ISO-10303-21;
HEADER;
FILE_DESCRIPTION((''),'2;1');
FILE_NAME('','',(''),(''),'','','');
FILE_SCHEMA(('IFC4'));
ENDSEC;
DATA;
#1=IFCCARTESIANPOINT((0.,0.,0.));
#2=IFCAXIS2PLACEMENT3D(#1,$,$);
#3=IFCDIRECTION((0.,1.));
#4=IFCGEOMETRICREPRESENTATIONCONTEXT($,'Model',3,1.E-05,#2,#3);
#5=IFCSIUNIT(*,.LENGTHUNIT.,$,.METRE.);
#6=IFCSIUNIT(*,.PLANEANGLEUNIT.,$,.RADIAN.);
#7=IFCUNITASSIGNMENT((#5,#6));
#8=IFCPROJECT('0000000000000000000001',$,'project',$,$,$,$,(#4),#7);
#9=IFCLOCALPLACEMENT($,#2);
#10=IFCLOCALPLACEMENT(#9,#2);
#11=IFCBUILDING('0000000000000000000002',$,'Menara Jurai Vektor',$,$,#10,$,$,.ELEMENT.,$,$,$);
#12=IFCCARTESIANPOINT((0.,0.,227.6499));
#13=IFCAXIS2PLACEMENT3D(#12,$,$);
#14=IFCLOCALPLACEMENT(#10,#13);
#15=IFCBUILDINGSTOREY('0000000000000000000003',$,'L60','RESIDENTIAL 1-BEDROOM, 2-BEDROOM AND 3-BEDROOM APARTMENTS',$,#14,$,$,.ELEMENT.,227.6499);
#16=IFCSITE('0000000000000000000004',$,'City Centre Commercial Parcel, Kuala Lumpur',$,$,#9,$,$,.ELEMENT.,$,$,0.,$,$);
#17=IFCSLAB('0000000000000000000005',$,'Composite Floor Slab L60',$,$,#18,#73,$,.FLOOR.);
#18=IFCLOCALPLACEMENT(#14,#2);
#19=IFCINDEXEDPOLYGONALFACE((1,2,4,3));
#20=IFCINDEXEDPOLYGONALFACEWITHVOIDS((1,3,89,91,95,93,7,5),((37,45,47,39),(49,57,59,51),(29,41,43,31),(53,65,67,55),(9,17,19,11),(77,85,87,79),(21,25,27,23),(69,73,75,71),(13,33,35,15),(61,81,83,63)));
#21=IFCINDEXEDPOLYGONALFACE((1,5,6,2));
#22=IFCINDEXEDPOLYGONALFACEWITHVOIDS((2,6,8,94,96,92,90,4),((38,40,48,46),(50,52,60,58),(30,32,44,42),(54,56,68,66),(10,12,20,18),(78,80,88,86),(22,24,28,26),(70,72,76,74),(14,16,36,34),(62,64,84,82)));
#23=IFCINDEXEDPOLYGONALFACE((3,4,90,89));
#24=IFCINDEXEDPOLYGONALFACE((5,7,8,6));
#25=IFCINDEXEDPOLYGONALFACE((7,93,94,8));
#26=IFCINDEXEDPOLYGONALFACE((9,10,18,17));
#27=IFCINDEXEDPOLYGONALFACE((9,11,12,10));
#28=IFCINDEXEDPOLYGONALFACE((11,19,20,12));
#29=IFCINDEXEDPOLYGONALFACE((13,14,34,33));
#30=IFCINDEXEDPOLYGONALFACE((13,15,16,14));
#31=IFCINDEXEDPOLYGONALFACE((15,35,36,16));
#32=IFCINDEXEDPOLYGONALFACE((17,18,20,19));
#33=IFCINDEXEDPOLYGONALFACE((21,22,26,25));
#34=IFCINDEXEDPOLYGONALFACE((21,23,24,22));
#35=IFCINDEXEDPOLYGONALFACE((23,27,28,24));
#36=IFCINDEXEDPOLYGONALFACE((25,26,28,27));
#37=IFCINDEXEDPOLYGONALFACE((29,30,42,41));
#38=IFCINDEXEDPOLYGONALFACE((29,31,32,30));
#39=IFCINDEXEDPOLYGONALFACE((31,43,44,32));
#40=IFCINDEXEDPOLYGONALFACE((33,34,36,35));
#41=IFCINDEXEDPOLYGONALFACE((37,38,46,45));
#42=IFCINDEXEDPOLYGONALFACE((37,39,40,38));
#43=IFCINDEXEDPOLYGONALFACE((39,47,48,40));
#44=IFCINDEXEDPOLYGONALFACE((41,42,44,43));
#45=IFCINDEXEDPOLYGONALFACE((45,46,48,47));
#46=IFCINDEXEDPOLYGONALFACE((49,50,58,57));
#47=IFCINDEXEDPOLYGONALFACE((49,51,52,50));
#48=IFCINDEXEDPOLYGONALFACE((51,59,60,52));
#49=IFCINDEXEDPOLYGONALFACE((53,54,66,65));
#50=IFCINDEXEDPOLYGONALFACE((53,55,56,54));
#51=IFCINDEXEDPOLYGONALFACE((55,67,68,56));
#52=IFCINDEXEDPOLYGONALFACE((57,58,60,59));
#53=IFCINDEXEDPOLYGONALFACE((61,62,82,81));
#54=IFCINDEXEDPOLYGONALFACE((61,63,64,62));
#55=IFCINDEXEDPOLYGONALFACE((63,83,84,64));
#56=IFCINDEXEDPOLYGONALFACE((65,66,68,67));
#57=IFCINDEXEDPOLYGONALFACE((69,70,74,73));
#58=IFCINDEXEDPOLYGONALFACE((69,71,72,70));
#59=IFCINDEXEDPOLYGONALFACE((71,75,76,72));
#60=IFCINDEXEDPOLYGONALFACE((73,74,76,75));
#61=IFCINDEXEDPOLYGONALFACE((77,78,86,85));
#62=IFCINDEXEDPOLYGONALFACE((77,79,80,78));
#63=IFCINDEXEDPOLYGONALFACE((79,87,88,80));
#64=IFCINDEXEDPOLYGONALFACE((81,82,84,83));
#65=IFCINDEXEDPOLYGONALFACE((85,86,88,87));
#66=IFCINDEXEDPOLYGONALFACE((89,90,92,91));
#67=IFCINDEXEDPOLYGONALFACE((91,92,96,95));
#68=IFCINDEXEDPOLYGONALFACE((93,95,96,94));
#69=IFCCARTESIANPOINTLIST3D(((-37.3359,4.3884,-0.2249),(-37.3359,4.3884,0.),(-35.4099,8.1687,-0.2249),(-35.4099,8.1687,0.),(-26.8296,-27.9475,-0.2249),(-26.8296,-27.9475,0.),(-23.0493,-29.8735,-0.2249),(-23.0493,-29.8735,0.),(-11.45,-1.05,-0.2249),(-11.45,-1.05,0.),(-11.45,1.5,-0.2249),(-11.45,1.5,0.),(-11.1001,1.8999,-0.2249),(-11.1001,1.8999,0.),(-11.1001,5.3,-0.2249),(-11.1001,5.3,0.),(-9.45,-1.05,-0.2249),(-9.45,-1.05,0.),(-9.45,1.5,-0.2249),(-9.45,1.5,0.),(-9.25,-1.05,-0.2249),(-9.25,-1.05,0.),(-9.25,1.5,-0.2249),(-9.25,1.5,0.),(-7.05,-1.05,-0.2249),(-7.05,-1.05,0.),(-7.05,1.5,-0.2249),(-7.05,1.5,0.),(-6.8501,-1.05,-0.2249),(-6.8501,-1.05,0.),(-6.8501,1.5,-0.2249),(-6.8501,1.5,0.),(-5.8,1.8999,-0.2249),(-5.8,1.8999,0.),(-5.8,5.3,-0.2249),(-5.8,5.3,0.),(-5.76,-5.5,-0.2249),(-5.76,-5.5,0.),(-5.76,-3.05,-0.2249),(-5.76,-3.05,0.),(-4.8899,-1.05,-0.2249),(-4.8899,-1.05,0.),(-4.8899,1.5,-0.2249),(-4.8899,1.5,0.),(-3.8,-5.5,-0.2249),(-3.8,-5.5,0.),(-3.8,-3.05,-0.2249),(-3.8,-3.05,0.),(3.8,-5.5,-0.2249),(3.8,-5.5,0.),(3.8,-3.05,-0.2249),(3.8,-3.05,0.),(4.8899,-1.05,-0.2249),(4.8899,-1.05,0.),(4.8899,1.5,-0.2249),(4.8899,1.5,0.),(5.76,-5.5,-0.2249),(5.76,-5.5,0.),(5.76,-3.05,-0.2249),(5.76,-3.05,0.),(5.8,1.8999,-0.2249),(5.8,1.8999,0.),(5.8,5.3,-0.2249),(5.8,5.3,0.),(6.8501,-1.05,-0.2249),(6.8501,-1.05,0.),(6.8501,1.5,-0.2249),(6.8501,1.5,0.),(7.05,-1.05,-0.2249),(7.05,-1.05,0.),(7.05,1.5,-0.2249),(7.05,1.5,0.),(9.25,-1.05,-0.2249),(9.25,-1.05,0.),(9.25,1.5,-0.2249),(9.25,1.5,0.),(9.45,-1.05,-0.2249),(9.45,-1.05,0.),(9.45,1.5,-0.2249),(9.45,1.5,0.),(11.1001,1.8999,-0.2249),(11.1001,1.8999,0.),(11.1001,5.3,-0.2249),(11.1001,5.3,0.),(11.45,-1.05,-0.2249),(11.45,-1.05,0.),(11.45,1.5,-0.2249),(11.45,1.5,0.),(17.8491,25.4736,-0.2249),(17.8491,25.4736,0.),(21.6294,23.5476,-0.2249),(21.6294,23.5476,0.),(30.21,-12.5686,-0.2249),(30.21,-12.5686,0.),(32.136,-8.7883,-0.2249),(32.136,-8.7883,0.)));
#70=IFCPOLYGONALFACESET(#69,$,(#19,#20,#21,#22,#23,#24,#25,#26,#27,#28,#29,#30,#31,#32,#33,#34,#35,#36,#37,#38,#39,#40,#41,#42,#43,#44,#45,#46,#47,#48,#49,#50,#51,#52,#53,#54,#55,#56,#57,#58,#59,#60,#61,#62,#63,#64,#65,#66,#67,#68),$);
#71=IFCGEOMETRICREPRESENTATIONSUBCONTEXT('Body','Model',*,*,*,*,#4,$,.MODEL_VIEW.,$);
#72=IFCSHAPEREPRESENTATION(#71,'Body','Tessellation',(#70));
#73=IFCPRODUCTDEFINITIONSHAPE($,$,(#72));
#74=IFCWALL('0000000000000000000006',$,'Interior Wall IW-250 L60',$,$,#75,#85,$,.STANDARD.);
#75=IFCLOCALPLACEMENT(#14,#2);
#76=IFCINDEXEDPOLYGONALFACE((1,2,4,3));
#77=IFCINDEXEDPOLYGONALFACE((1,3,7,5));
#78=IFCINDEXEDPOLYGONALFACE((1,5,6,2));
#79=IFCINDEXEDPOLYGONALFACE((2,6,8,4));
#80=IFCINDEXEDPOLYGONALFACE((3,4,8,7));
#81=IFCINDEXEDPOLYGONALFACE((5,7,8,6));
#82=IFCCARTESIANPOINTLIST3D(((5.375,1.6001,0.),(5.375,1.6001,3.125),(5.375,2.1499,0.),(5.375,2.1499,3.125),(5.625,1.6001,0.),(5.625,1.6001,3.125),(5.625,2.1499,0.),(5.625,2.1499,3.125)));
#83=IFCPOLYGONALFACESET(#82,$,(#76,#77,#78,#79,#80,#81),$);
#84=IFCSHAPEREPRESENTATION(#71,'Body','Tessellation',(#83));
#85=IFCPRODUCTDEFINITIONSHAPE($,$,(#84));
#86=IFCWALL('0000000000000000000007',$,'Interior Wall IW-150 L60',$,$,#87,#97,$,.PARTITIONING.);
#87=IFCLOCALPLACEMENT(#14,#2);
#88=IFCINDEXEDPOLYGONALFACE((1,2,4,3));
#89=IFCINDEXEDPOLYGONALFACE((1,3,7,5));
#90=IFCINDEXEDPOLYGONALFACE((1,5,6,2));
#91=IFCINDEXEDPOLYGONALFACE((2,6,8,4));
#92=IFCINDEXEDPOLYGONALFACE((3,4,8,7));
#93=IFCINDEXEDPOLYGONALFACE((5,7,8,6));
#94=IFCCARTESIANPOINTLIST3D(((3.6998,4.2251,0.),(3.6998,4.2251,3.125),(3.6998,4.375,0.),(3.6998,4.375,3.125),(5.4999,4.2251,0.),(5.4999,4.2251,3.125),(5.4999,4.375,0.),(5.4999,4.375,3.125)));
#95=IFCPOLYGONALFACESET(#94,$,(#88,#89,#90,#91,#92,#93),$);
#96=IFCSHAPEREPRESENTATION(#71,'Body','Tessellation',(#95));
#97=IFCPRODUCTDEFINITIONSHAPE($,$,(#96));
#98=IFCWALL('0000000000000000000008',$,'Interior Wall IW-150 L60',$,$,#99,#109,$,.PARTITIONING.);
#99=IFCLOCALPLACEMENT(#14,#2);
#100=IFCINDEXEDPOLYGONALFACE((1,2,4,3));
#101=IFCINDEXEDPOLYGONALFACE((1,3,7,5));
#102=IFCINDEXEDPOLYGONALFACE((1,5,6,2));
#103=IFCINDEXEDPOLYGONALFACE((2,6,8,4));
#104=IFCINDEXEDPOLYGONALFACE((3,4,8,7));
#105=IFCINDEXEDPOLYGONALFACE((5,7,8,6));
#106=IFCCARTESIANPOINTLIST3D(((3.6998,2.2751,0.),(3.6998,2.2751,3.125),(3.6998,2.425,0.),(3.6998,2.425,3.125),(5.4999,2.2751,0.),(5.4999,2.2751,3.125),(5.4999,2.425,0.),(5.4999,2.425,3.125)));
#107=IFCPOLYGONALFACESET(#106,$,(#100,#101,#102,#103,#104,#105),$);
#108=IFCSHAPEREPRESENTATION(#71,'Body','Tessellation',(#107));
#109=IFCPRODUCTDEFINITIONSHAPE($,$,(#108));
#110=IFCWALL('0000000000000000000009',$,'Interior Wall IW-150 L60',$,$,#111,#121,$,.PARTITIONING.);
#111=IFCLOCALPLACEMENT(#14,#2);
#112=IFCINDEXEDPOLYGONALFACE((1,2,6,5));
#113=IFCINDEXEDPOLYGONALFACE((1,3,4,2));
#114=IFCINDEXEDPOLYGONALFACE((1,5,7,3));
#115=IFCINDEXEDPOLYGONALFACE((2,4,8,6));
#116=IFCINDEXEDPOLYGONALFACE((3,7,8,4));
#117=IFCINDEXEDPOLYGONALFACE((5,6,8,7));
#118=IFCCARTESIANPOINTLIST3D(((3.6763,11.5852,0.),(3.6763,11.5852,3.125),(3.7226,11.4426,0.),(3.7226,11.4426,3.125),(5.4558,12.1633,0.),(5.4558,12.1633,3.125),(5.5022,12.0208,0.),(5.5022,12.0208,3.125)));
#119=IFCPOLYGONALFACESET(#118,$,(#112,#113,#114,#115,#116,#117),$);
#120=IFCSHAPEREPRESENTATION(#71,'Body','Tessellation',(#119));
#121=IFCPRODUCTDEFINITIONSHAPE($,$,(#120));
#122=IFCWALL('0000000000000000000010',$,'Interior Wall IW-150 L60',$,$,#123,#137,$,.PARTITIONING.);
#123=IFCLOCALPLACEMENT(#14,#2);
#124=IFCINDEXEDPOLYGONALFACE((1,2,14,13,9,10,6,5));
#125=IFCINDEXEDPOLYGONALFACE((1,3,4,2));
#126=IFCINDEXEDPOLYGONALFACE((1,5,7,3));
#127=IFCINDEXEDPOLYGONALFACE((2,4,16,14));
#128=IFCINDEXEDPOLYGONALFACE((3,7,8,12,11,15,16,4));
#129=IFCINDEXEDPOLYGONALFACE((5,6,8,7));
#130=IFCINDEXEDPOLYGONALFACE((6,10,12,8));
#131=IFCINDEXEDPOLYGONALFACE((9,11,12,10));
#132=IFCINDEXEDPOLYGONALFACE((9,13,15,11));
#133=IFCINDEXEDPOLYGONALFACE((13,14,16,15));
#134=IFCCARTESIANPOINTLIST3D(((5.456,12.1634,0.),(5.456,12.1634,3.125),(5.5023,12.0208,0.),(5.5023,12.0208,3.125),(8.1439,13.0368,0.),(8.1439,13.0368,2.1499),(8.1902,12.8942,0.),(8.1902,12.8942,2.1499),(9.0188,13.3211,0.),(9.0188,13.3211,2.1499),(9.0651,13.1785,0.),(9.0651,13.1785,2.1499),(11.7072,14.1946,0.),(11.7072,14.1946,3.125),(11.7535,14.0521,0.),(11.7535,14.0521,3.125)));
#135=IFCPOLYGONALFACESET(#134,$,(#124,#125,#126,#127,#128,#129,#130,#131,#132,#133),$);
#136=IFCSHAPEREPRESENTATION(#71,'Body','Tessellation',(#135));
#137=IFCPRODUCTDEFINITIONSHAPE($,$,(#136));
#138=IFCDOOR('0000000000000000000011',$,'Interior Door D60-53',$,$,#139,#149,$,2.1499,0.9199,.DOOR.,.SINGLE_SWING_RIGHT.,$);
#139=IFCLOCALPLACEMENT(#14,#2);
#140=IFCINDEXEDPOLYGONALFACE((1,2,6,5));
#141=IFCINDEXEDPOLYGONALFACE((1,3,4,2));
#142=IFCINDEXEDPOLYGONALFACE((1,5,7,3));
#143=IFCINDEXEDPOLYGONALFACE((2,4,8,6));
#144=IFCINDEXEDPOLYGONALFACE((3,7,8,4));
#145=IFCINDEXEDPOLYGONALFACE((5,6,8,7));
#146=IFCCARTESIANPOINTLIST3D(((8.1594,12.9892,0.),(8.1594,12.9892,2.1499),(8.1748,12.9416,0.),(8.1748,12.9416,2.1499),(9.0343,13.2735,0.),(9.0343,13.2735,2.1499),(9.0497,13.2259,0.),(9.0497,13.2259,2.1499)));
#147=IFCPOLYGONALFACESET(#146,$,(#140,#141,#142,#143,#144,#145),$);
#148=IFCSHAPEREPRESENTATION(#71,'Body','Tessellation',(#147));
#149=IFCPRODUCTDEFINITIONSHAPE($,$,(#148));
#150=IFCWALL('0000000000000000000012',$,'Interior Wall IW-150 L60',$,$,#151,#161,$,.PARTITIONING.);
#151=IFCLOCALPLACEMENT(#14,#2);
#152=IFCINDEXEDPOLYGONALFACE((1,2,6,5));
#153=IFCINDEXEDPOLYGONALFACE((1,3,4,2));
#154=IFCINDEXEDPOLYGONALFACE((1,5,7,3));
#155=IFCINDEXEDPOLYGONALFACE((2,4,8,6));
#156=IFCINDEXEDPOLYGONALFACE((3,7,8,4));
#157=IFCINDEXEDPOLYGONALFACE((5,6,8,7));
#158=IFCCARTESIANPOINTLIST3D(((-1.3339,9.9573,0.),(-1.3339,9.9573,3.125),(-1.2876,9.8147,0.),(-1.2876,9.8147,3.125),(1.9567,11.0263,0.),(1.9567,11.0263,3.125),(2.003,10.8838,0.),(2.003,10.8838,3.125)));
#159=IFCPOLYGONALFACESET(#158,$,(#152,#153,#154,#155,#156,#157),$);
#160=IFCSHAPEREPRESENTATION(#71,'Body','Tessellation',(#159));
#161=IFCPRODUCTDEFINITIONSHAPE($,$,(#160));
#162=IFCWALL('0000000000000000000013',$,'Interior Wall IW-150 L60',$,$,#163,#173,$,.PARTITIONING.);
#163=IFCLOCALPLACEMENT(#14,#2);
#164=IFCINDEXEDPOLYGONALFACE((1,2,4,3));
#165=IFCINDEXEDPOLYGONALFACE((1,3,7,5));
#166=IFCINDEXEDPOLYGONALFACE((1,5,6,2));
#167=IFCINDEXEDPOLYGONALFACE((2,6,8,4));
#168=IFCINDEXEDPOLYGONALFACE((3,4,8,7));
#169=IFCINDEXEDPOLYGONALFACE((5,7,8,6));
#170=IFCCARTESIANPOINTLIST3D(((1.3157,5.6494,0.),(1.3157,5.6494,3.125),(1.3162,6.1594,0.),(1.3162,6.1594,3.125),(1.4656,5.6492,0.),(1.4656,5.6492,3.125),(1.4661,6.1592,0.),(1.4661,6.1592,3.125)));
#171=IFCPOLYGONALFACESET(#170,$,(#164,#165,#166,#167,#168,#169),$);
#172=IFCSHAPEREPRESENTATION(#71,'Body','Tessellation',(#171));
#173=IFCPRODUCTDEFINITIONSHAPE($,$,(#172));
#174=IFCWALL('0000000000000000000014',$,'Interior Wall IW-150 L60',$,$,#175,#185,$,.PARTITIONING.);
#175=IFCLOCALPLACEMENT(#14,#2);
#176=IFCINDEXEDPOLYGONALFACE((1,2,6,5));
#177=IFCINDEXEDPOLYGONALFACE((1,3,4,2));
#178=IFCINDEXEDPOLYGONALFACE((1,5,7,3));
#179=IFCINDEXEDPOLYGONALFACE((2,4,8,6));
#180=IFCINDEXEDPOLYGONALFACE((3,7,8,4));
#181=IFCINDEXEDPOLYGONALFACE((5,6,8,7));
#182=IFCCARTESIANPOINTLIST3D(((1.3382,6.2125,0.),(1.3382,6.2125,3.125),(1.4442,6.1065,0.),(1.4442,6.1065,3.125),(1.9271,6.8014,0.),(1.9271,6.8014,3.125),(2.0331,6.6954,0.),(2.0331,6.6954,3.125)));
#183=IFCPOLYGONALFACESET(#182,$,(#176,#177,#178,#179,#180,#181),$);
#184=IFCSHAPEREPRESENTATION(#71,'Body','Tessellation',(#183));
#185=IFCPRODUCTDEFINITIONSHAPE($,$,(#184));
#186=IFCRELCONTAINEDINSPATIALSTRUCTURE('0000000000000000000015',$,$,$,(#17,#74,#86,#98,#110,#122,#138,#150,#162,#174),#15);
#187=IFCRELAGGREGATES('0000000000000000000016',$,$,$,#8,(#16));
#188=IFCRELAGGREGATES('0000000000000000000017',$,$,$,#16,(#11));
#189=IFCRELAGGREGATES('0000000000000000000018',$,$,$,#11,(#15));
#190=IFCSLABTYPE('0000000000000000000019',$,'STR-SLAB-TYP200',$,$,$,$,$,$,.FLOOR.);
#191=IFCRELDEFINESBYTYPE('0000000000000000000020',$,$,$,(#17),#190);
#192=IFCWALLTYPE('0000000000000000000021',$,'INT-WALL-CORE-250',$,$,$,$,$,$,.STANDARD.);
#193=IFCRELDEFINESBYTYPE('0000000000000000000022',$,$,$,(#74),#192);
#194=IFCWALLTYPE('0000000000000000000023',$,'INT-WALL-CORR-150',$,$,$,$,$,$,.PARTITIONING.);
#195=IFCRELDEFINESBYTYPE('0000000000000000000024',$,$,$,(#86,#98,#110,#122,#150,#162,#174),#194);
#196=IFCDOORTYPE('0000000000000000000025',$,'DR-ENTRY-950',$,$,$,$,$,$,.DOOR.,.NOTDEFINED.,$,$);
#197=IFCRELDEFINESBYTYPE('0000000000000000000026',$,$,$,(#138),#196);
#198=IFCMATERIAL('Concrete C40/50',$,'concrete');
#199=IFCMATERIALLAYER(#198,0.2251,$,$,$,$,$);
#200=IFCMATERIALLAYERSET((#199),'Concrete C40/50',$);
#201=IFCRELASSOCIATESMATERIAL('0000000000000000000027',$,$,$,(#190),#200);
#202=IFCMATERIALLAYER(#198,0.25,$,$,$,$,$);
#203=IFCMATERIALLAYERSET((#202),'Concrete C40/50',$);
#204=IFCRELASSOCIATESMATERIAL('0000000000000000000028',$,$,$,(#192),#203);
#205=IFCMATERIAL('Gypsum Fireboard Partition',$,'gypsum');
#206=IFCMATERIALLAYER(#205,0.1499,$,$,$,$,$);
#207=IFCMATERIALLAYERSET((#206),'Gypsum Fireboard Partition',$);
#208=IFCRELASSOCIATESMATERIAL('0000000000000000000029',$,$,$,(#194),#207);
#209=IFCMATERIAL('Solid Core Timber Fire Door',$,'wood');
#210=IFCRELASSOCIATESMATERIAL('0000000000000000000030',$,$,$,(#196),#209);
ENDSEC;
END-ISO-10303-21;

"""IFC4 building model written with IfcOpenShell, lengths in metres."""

from ifc_helpers import new_model, si_unit, direction, frame, frame_2d, origin, place, context, subcontext, project, spatial, polyline, rectangle, outline, extrude, material, layer, layer_set, type_object, element, fill, save


model = new_model("IFC4")

# Units and contexts
model_context = context("Model", 3, precision=1e-05, world=origin(), true_north=direction((0.0, 1.0)))
body_context = subcontext(model_context, "Body", "Model", "MODEL_VIEW")
ifc_project = project(units=[si_unit("LENGTHUNIT", "METRE"), si_unit("PLANEANGLEUNIT", "RADIAN")], contexts=[model_context])

# Site, building, storey
site_placement = place(None, origin())
site = spatial("IfcSite", under=ifc_project, at=site_placement, Name="City Centre Commercial Parcel, Kuala Lumpur", CompositionType="ELEMENT", RefElevation=0.0)
building_placement = place(site_placement, origin())
building = spatial("IfcBuilding", under=site, at=building_placement, Name="Menara Jurai Vektor", CompositionType="ELEMENT")
storey_placement = place(building_placement, frame((0.0, 0.0, 227.6499)))
storey = spatial("IfcBuildingStorey", under=building, at=storey_placement, Name="L60", Description="RESIDENTIAL 1-BEDROOM, 2-BEDROOM AND 3-BEDROOM APARTMENTS", CompositionType="ELEMENT", Elevation=227.6499)

# Shared definitions
ifc_material_1 = material(Name="Concrete C40/50", Category="concrete")

# Slab
ifc_layer_1 = layer(ifc_material_1, 0.2251)
ifc_layer_set_1 = layer_set([ifc_layer_1], Name="Concrete C40/50")
slab_type_1 = type_object("IfcSlabType", Name="STR-SLAB-TYP200", PredefinedType="FLOOR", material=ifc_layer_set_1)
slab_1_placement = place(storey_placement, frame((0.0, 0.0, -0.2249)))
element("IfcSlab", 1, at=slab_1_placement, inside=storey, type_object=slab_type_1, Name="Composite Floor Slab L60", PredefinedType="FLOOR", context=body_context, shape_type="SweptSolid", body=[
    extrude(outline(polyline([(-23.0493, -29.8735), (30.21, -12.5686), (32.136, -8.7883), (21.6294, 23.5476), (17.8491, 25.4736), (-35.4099, 8.1687), (-37.3359, 4.3884), (-26.8296, -27.9475), (-23.0493, -29.8735)]), holes=[polyline([(-11.1001, 1.8999), (-11.1001, 5.3), (-5.8, 5.3), (-5.8, 1.8999), (-11.1001, 1.8999)]), polyline([(5.8, 1.8999), (5.8, 5.3), (11.1001, 5.3), (11.1001, 1.8999), (5.8, 1.8999)]), polyline([(-11.45, -1.05), (-11.45, 1.5), (-9.45, 1.5), (-9.45, -1.05), (-11.45, -1.05)]), polyline([(9.45, -1.05), (9.45, 1.5), (11.45, 1.5), (11.45, -1.05), (9.45, -1.05)]), polyline([(-5.76, -5.5), (-5.76, -3.05), (-3.8, -3.05), (-3.8, -5.5), (-5.76, -5.5)]), polyline([(-6.8501, -1.05), (-6.8501, 1.5), (-4.8899, 1.5), (-4.8899, -1.05), (-6.8501, -1.05)]), polyline([(3.8, -5.5), (3.8, -3.05), (5.76, -3.05), (5.76, -5.5), (3.8, -5.5)]), polyline([(4.8899, -1.05), (4.8899, 1.5), (6.8501, 1.5), (6.8501, -1.05), (4.8899, -1.05)]), polyline([(-9.25, -1.05), (-9.25, 1.5), (-7.05, 1.5), (-7.05, -1.05), (-9.25, -1.05)]), polyline([(7.05, -1.05), (7.05, 1.5), (9.25, 1.5), (9.25, -1.05), (7.05, -1.05)])]), origin(), (0.0, 0.0, 1.0), 0.2249),
])

# Shared definitions
ifc_layer_2 = layer(ifc_material_1, 0.25)
ifc_layer_set_2 = layer_set([ifc_layer_2], Name="Concrete C40/50")
wall_type_1 = type_object("IfcWallType", Name="INT-WALL-CORE-250", PredefinedType="STANDARD", material=ifc_layer_set_2)

# Walls
wall_1_placement = place(storey_placement, frame((5.5, 1.6001, 0.0), z_axis=(0.0, 0.0, 1.0), x_axis=(0.0, 1.0, 0.0)))
element("IfcWall", 2, at=wall_1_placement, inside=storey, type_object=wall_type_1, Name="Interior Wall IW-250 L60", PredefinedType="STANDARD", context=body_context, shape_type="SweptSolid", body=[
    extrude(rectangle(XDim=0.5498, YDim=0.25, at=frame_2d((0.2749, 0.0))), origin(), (0.0, 0.0, 1.0), 3.125),
])
ifc_material_2 = material(Name="Gypsum Fireboard Partition", Category="gypsum")
ifc_layer_3 = layer(ifc_material_2, 0.1499)
ifc_layer_set_3 = layer_set([ifc_layer_3], Name="Gypsum Fireboard Partition")
wall_type_2 = type_object("IfcWallType", Name="INT-WALL-CORR-150", PredefinedType="PARTITIONING", material=ifc_layer_set_3)
for number, where, z_axis, x_axis, name in (
    (3, (3.7, 4.3, 0.0), (0.0, 0.0, 1.0), (1.0, 0.0, 0.0), "Interior Wall IW-150 L60"),
    (4, (3.7, 2.3501, 0.0), (0.0, 0.0, 1.0), (1.0, 0.0, 0.0), "Interior Wall IW-150 L60"),
):
    element("IfcWall", number, at=place(storey_placement, frame(where, z_axis=z_axis, x_axis=x_axis)), inside=storey, type_object=wall_type_2, Name=name, PredefinedType="PARTITIONING", context=body_context, shape_type="SweptSolid", body=[
        extrude(rectangle(XDim=1.8, YDim=0.1499, at=frame_2d((0.8999, 0.0))), origin(), (0.0, 0.0, 1.0), 3.125),
    ])
wall_2_placement = place(storey_placement, frame((3.6995, 11.5139, 0.0), z_axis=(0.0, 0.0, 1.0), x_axis=(0.95107, 0.308977, 0.0)))
element("IfcWall", 5, at=wall_2_placement, inside=storey, type_object=wall_type_2, Name="Interior Wall IW-150 L60", PredefinedType="PARTITIONING", context=body_context, shape_type="SweptSolid", body=[
    extrude(rectangle(XDim=1.8711, YDim=0.1499, at=frame_2d((0.9355, 0.0))), origin(), (0.0, 0.0, 1.0), 3.125),
])

# Wall, opening, door
wall_3_placement = place(storey_placement, frame((5.479, 12.092, 0.0), z_axis=(0.0, 0.0, 1.0), x_axis=(0.951052, 0.309031, 0.0)))
wall_3 = element("IfcWall", 6, at=wall_3_placement, inside=storey, type_object=wall_type_2, Name="Interior Wall IW-150 L60", PredefinedType="PARTITIONING", context=body_context, shape_type="SweptSolid", body=[
    extrude(rectangle(XDim=6.573, YDim=0.1499, at=frame_2d((3.2866, 0.0))), origin(), (0.0, 0.0, 1.0), 3.125),
])
opening_1_placement = place(wall_3_placement, frame((2.8264, 0.0, 0.0)))
opening_1 = element("IfcOpeningElement", 7, at=opening_1_placement, cuts=wall_3, PredefinedType="OPENING", context=body_context, shape_type="SweptSolid", body=[
    extrude(rectangle(XDim=0.9199, YDim=2.1499, at=frame_2d((0.46, 1.075))), frame((0.0, 0.085, 0.0), z_axis=(0.0, -1.0, 0.0), x_axis=(1.0, 0.0, 0.0)), (0.0, 0.0, 1.0), 0.1699),
])
ifc_material_3 = material(Name="Solid Core Timber Fire Door", Category="wood")
door_type_1 = type_object("IfcDoorType", Name="DR-ENTRY-950", OperationType="NOTDEFINED", PredefinedType="DOOR", material=ifc_material_3)
door_1_placement = place(opening_1_placement, origin())
door_1 = element("IfcDoor", 8, at=door_1_placement, inside=storey, type_object=door_type_1, Name="Interior Door D60-53", OperationType="SINGLE_SWING_RIGHT", OverallHeight=2.1499, OverallWidth=0.9199, PredefinedType="DOOR", context=body_context, shape_type="SweptSolid", body=[
    extrude(rectangle(XDim=0.9199, YDim=2.1499, at=frame_2d((0.46, 1.075))), frame((0.0, 0.0249, 0.0), z_axis=(0.0, -1.0, 0.0), x_axis=(1.0, 0.0, 0.0)), (0.0, 0.0, 1.0), 0.05),
])
fill(opening_1, door_1)

# Walls
wall_4_placement = place(storey_placement, frame((-1.3108, 9.886, 0.0), z_axis=(0.0, 0.0, 1.0), x_axis=(0.951069, 0.308979, 0.0)))
element("IfcWall", 9, at=wall_4_placement, inside=storey, type_object=wall_type_2, Name="Interior Wall IW-150 L60", PredefinedType="PARTITIONING", context=body_context, shape_type="SweptSolid", body=[
    extrude(rectangle(XDim=3.46, YDim=0.1499, at=frame_2d((1.73, 0.0))), origin(), (0.0, 0.0, 1.0), 3.125),
])
wall_5_placement = place(storey_placement, frame((1.3906, 5.6494, 0.0), z_axis=(0.0, 0.0, 1.0), x_axis=(0.000957, 1.0, 0.0)))
element("IfcWall", 10, at=wall_5_placement, inside=storey, type_object=wall_type_2, Name="Interior Wall IW-150 L60", PredefinedType="PARTITIONING", context=body_context, shape_type="SweptSolid", body=[
    extrude(rectangle(XDim=0.51, YDim=0.1499, at=frame_2d((0.2549, 0.0))), origin(), (0.0, 0.0, 1.0), 3.125),
])
wall_6_placement = place(storey_placement, frame((1.3911, 6.1594, 0.0), z_axis=(0.0, 0.0, 1.0), x_axis=(0.707107, 0.707107, 0.0)))
element("IfcWall", 11, at=wall_6_placement, inside=storey, type_object=wall_type_2, Name="Interior Wall IW-150 L60", PredefinedType="PARTITIONING", context=body_context, shape_type="SweptSolid", body=[
    extrude(rectangle(XDim=0.8328, YDim=0.1499, at=frame_2d((0.4165, 0.0))), origin(), (0.0, 0.0, 1.0), 3.125),
])

save(model, "model.ifc")
